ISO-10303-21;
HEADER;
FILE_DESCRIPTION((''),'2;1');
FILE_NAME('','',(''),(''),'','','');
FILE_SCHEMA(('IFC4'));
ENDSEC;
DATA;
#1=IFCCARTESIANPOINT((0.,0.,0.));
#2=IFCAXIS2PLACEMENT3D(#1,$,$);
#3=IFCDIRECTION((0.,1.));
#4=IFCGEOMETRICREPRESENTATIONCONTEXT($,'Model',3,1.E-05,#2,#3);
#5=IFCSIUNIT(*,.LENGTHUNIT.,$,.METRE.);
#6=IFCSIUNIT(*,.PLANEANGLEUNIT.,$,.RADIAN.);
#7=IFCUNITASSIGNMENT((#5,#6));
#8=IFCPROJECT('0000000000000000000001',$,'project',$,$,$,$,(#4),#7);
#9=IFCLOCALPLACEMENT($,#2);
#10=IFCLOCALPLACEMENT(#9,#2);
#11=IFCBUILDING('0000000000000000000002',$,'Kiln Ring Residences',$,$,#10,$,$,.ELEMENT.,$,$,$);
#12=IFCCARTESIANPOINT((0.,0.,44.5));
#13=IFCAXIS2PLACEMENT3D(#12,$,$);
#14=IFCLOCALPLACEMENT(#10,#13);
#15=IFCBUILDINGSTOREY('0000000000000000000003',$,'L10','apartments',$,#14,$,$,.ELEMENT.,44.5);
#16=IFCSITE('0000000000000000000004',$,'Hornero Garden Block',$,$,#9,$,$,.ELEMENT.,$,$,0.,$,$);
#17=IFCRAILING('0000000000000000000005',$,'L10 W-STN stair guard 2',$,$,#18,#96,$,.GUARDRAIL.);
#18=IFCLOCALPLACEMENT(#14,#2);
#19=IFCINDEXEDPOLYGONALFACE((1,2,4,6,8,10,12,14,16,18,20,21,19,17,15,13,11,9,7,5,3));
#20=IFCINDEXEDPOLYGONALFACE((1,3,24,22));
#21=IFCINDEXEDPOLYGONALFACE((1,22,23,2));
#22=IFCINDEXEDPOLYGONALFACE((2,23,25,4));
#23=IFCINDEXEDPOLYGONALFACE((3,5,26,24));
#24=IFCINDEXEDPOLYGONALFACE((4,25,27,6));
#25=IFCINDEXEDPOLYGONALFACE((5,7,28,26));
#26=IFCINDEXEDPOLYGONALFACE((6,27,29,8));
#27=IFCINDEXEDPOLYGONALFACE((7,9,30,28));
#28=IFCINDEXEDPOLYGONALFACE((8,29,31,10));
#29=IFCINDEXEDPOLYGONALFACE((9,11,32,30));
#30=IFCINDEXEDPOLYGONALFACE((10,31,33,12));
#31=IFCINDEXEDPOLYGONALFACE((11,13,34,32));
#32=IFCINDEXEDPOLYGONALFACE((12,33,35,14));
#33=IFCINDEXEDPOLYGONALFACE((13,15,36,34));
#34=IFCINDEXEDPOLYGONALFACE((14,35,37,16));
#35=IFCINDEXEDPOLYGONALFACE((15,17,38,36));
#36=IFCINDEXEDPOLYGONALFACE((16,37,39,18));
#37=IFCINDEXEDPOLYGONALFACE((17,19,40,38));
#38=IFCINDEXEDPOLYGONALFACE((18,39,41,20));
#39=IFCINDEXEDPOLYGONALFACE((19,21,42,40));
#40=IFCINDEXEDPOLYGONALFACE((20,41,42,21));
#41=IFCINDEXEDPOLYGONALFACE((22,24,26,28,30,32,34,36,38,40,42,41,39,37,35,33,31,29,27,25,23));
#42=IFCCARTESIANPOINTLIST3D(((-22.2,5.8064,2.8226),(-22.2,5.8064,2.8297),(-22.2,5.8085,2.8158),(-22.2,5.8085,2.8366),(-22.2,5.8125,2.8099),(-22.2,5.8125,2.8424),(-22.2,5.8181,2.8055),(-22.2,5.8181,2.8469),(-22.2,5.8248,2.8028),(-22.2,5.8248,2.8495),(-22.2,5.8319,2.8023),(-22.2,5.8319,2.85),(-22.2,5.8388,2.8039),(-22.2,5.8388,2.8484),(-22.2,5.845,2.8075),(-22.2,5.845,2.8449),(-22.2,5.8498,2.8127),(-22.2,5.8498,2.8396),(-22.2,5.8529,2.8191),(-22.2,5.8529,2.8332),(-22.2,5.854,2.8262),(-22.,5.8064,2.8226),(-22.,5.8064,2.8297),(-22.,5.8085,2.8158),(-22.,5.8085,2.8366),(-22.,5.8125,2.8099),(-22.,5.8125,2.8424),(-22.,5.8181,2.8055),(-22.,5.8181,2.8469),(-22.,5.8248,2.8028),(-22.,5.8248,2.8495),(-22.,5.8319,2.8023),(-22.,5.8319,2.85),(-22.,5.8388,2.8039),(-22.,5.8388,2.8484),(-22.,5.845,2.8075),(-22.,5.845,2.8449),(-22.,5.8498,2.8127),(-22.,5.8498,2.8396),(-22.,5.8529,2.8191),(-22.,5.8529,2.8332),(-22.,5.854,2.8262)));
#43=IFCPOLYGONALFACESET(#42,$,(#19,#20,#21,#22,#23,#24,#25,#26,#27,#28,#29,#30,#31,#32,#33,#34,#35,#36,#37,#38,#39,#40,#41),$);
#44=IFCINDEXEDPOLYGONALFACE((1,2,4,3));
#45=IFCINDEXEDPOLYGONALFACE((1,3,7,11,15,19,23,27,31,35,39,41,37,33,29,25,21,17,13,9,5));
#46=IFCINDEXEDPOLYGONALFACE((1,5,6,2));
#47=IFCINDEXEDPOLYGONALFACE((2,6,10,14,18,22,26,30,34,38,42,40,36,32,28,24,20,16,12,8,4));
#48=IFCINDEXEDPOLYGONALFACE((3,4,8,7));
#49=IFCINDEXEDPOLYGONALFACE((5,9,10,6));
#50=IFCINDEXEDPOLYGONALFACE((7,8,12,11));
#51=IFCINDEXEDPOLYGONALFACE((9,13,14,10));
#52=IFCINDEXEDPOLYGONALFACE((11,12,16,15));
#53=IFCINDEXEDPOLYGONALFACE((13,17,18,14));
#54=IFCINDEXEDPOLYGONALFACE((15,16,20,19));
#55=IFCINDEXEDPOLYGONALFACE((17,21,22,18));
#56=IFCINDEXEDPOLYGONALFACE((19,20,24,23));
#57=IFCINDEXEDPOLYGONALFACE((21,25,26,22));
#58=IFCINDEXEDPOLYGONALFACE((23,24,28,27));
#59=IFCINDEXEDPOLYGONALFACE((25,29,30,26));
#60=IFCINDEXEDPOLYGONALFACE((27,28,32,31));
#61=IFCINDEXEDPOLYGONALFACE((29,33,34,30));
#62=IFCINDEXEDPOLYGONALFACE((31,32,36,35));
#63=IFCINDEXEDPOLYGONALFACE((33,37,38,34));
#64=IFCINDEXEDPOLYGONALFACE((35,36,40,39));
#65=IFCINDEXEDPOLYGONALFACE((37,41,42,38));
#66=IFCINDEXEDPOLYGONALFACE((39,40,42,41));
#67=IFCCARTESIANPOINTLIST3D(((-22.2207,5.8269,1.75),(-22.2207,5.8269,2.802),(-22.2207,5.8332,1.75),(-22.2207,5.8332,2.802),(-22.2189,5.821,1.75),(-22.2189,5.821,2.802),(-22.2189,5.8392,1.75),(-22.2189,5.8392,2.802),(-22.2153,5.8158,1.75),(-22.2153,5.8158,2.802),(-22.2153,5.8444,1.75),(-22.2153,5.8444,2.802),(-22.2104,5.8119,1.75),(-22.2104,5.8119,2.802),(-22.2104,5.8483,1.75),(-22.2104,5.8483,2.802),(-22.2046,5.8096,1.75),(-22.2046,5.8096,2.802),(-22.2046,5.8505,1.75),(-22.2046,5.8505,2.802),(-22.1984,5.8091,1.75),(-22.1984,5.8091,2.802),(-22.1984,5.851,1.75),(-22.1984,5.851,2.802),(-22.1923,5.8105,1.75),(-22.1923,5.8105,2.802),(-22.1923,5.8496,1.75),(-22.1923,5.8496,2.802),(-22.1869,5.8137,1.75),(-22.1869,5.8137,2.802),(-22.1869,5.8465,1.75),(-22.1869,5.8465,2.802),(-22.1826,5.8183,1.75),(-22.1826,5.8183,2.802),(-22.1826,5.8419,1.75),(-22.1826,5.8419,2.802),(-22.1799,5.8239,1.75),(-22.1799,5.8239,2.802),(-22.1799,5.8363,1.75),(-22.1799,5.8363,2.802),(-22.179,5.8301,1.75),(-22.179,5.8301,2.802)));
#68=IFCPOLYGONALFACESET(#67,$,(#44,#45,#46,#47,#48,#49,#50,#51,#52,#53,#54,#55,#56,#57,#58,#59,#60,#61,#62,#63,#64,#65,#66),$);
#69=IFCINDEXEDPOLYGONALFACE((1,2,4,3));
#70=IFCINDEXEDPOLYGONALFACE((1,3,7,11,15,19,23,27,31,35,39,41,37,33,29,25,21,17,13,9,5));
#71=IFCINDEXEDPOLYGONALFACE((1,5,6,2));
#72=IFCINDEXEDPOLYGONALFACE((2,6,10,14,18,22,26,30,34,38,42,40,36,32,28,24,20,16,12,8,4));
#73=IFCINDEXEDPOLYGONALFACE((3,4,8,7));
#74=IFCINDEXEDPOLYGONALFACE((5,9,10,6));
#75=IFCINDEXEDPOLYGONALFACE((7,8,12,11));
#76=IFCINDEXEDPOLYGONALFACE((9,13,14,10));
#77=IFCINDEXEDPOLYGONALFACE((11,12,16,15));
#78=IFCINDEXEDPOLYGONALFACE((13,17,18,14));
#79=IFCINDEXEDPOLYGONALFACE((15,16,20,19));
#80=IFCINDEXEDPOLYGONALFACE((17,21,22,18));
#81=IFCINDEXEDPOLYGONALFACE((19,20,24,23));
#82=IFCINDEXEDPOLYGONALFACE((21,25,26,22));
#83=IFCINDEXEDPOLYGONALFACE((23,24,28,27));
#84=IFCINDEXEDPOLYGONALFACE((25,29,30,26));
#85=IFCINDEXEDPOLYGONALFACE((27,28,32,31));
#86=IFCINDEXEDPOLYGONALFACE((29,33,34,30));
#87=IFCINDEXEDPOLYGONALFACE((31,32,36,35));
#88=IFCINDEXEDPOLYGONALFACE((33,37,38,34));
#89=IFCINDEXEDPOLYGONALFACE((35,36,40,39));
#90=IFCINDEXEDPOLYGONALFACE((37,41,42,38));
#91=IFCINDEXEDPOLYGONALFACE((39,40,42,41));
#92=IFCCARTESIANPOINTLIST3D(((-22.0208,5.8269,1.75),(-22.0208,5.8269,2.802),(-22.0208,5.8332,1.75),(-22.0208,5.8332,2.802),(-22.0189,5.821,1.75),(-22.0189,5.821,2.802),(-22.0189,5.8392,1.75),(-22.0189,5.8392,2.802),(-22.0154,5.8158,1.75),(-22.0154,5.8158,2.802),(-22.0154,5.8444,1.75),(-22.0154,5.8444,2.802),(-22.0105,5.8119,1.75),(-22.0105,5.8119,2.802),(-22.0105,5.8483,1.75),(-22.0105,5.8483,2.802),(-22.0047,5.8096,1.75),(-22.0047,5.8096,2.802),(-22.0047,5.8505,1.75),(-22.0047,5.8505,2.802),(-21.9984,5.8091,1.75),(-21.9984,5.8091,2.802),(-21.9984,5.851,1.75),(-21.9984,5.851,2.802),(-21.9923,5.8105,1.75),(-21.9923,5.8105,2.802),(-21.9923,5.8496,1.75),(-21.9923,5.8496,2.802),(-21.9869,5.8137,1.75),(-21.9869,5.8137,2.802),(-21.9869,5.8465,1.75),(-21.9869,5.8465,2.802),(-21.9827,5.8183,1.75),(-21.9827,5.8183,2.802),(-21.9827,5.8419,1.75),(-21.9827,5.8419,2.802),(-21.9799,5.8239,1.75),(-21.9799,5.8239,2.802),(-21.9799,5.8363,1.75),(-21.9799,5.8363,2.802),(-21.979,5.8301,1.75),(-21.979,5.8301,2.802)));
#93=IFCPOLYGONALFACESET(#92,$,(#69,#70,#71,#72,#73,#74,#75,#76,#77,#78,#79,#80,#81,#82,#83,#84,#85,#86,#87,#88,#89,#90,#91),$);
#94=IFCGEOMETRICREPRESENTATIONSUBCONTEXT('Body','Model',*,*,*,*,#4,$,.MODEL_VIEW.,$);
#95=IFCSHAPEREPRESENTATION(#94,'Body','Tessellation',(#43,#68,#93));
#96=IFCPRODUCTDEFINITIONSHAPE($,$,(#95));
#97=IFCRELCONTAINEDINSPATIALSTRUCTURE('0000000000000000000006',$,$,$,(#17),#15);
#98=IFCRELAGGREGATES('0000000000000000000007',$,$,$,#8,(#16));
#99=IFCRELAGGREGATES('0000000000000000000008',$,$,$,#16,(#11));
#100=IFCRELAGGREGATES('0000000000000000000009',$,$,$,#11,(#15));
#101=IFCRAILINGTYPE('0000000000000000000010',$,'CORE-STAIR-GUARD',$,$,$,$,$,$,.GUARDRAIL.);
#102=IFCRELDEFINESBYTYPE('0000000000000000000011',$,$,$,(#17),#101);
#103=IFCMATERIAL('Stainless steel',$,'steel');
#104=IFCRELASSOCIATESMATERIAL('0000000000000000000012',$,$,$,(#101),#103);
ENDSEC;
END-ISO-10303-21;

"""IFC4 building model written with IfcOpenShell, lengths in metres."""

from ifc_helpers import new_model, si_unit, direction, frame, origin, origin_2d, place, context, subcontext, project, spatial, circle, extrude, material, type_object, element, save


model = new_model("IFC4")

# Units and contexts
model_context = context("Model", 3, precision=1e-05, world=origin(), true_north=direction((0.0, 1.0)))
body_context = subcontext(model_context, "Body", "Model", "MODEL_VIEW")
ifc_project = project(units=[si_unit("LENGTHUNIT", "METRE"), si_unit("PLANEANGLEUNIT", "RADIAN")], contexts=[model_context])

# Site, building, storey
site_placement = place(None, origin())
site = spatial("IfcSite", under=ifc_project, at=site_placement, Name="Hornero Garden Block", CompositionType="ELEMENT", RefElevation=0.0)
building_placement = place(site_placement, origin())
building = spatial("IfcBuilding", under=site, at=building_placement, Name="Kiln Ring Residences", CompositionType="ELEMENT")
storey_placement = place(building_placement, frame((0.0, 0.0, 44.5)))
storey = spatial("IfcBuildingStorey", under=building, at=storey_placement, Name="L10", Description="apartments", CompositionType="ELEMENT", Elevation=44.5)

# Railing
ifc_material_1 = material(Name="Stainless steel", Category="steel")
railing_type_1 = type_object("IfcRailingType", Name="CORE-STAIR-GUARD", PredefinedType="GUARDRAIL", material=ifc_material_1)
railing_1_placement = place(storey_placement, frame((-22.2, 5.8301, 1.75)))
element("IfcRailing", 1, at=railing_1_placement, inside=storey, type_object=railing_type_1, Name="L10 W-STN stair guard 2", PredefinedType="GUARDRAIL", context=body_context, shape_type="SweptSolid", body=[
    extrude(circle(Radius=0.0239, at=origin_2d()), frame((0.0, 0.0, 1.0762), z_axis=(1.0, 0.0, 0.0), x_axis=(0.0, 1.0, 0.0)), (0.0, 0.0, 1.0), 0.2),
    extrude(circle(Radius=0.021, at=origin_2d()), origin(), (0.0, 0.0, 1.0), 1.052),
    extrude(circle(Radius=0.021, at=origin_2d()), frame((0.2, 0.0, 0.0)), (0.0, 0.0, 1.0), 1.052),
])

save(model, "model.ifc")
